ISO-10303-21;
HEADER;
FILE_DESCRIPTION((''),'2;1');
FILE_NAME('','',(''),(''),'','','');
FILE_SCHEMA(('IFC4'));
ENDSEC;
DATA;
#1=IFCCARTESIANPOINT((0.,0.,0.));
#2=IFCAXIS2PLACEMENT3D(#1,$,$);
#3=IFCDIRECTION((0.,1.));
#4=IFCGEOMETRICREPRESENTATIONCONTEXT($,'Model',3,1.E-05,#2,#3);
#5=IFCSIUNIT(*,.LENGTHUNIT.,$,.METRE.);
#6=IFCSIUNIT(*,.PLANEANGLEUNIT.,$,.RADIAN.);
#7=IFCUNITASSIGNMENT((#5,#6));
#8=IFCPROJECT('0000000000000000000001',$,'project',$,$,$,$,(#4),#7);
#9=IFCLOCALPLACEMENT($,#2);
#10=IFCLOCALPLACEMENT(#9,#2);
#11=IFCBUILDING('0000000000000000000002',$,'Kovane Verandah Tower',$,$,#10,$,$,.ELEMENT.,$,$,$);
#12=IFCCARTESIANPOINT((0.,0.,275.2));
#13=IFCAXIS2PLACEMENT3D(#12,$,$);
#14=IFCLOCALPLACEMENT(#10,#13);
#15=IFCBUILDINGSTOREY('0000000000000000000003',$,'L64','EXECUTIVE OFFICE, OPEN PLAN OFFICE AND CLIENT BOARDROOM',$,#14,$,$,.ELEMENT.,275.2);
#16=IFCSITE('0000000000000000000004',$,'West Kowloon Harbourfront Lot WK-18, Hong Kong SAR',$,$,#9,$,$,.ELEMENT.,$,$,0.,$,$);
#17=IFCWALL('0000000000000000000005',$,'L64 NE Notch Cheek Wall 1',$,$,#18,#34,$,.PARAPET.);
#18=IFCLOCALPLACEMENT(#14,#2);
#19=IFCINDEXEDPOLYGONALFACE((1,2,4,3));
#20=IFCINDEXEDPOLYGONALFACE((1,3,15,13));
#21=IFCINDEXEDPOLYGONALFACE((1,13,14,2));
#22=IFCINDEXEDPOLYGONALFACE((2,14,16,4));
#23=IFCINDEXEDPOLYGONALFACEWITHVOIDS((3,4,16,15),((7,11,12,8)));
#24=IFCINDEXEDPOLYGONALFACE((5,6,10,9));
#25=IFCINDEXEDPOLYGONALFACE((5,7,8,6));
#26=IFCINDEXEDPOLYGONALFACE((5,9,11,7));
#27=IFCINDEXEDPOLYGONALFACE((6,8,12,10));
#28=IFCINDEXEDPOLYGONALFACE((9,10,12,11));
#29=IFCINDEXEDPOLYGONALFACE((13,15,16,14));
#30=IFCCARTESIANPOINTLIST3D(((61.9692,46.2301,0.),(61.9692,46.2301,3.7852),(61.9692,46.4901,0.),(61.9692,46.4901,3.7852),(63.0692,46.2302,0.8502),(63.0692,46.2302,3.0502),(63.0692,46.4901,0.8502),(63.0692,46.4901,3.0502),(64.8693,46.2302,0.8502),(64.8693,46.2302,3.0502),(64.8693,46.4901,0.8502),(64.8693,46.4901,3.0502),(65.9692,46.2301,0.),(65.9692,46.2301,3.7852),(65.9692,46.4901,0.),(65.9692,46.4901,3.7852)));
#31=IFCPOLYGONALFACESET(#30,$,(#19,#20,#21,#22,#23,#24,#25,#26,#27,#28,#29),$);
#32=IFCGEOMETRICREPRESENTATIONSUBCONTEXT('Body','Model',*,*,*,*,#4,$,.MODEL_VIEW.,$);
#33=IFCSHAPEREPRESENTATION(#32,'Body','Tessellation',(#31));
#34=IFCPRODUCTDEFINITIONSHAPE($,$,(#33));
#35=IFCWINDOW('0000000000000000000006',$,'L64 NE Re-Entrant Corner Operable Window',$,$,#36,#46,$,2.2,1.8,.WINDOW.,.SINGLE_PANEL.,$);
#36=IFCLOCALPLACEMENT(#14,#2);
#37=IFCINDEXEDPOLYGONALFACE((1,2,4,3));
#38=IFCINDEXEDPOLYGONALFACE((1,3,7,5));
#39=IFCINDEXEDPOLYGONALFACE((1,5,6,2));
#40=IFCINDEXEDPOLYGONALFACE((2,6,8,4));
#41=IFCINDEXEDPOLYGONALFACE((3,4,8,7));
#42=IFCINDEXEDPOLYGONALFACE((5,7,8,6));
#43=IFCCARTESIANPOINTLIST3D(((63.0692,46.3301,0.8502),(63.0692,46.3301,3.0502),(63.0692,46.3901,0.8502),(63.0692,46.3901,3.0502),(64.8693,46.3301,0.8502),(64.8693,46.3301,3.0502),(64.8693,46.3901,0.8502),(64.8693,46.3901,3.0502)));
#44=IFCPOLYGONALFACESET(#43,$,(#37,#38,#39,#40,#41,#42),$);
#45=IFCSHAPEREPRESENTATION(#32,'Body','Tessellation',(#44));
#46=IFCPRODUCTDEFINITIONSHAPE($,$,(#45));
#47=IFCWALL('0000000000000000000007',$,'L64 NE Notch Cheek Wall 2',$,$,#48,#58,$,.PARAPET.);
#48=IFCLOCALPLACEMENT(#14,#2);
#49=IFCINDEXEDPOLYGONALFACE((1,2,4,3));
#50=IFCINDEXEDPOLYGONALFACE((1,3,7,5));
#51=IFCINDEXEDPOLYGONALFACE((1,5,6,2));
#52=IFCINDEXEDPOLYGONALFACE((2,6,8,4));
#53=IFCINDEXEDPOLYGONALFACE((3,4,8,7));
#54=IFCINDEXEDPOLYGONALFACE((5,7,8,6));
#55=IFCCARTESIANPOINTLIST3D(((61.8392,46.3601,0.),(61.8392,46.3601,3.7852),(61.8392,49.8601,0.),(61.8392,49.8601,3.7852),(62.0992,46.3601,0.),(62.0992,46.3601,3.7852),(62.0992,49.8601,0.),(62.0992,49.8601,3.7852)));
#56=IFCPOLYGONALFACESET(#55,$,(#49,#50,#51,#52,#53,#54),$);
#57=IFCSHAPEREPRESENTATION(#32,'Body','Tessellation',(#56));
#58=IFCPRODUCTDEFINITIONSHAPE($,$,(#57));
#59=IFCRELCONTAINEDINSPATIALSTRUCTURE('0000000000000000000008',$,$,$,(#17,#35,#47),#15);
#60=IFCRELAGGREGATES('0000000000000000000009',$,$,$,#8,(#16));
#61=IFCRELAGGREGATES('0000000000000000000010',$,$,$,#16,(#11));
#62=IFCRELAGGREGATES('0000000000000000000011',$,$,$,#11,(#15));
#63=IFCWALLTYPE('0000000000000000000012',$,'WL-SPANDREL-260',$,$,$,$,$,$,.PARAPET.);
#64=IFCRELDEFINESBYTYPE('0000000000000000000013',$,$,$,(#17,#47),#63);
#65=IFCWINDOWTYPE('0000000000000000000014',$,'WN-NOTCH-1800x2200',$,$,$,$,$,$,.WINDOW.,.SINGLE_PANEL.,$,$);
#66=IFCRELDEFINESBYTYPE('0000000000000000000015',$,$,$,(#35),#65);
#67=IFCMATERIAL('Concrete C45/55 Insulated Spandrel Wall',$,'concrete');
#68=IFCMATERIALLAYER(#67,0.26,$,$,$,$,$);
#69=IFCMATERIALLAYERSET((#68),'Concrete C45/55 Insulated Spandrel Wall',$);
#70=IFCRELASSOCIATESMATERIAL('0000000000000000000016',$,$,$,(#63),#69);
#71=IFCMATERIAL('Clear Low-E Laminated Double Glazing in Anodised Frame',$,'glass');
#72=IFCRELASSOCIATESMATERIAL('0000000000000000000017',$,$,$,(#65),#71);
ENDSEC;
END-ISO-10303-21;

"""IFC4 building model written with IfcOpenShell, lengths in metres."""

from ifc_helpers import new_model, si_unit, direction, frame, frame_2d, origin, place, context, subcontext, project, spatial, rectangle, extrude, material, layer, layer_set, type_object, element, fill, save


model = new_model("IFC4")

# Units and contexts
model_context = context("Model", 3, precision=1e-05, world=origin(), true_north=direction((0.0, 1.0)))
body_context = subcontext(model_context, "Body", "Model", "MODEL_VIEW")
ifc_project = project(units=[si_unit("LENGTHUNIT", "METRE"), si_unit("PLANEANGLEUNIT", "RADIAN")], contexts=[model_context])

# Site, building, storey
site_placement = place(None, origin())
site = spatial("IfcSite", under=ifc_project, at=site_placement, Name="West Kowloon Harbourfront Lot WK-18, Hong Kong SAR", CompositionType="ELEMENT", RefElevation=0.0)
building_placement = place(site_placement, origin())
building = spatial("IfcBuilding", under=site, at=building_placement, Name="Kovane Verandah Tower", CompositionType="ELEMENT")
storey_placement = place(building_placement, frame((0.0, 0.0, 275.2)))
storey = spatial("IfcBuildingStorey", under=building, at=storey_placement, Name="L64", Description="EXECUTIVE OFFICE, OPEN PLAN OFFICE AND CLIENT BOARDROOM", CompositionType="ELEMENT", Elevation=275.2)

# Wall, opening, window
ifc_material_1 = material(Name="Concrete C45/55 Insulated Spandrel Wall", Category="concrete")
ifc_layer_1 = layer(ifc_material_1, 0.26)
ifc_layer_set_1 = layer_set([ifc_layer_1], Name="Concrete C45/55 Insulated Spandrel Wall")
wall_type = type_object("IfcWallType", Name="WL-SPANDREL-260", PredefinedType="PARAPET", material=ifc_layer_set_1)
wall_1_placement = place(storey_placement, frame((65.9692, 46.3601, 0.0), z_axis=(0.0, 0.0, 1.0), x_axis=(-1.0, 0.0, 0.0)))
wall_1 = element("IfcWall", 1, at=wall_1_placement, inside=storey, type_object=wall_type, Name="L64 NE Notch Cheek Wall 1", PredefinedType="PARAPET", context=body_context, shape_type="SweptSolid", body=[
    extrude(rectangle(XDim=4.0, YDim=0.26, at=frame_2d((2.0, 0.0))), origin(), (0.0, 0.0, 1.0), 3.7852),
])
opening_placement = place(wall_1_placement, frame((1.1001, 0.0, 0.8501)))
opening = element("IfcOpeningElement", 2, at=opening_placement, cuts=wall_1, PredefinedType="OPENING", context=body_context, shape_type="SweptSolid", body=[
    extrude(rectangle(XDim=1.8, YDim=2.2, at=frame_2d((0.8999, 1.1001))), frame((0.0, 0.1299, 0.0), z_axis=(0.0, -1.0, 0.0), x_axis=(1.0, 0.0, 0.0)), (0.0, 0.0, 1.0), 0.26),
])
ifc_material_2 = material(Name="Clear Low-E Laminated Double Glazing in Anodised Frame", Category="glass")
window_type = type_object("IfcWindowType", Name="WN-NOTCH-1800x2200", PartitioningType="SINGLE_PANEL", PredefinedType="WINDOW", material=ifc_material_2)
window_placement = place(opening_placement, origin())
window = element("IfcWindow", 3, at=window_placement, inside=storey, type_object=window_type, Name="L64 NE Re-Entrant Corner Operable Window", OverallHeight=2.2, OverallWidth=1.8, PartitioningType="SINGLE_PANEL", PredefinedType="WINDOW", context=body_context, shape_type="SweptSolid", body=[
    extrude(rectangle(XDim=1.8, YDim=2.2, at=frame_2d((0.8999, 1.1001))), frame((0.0, 0.03, 0.0), z_axis=(0.0, -1.0, 0.0), x_axis=(1.0, 0.0, 0.0)), (0.0, 0.0, 1.0), 0.0601),
])
fill(opening, window)

# Wall
wall_2_placement = place(storey_placement, frame((61.9692, 46.3601, 0.0), z_axis=(0.0, 0.0, 1.0), x_axis=(0.0, 1.0, 0.0)))
element("IfcWall", 4, at=wall_2_placement, inside=storey, type_object=wall_type, Name="L64 NE Notch Cheek Wall 2", PredefinedType="PARAPET", context=body_context, shape_type="SweptSolid", body=[
    extrude(rectangle(XDim=3.5, YDim=0.26, at=frame_2d((1.75, 0.0))), origin(), (0.0, 0.0, 1.0), 3.7852),
])

save(model, "model.ifc")
